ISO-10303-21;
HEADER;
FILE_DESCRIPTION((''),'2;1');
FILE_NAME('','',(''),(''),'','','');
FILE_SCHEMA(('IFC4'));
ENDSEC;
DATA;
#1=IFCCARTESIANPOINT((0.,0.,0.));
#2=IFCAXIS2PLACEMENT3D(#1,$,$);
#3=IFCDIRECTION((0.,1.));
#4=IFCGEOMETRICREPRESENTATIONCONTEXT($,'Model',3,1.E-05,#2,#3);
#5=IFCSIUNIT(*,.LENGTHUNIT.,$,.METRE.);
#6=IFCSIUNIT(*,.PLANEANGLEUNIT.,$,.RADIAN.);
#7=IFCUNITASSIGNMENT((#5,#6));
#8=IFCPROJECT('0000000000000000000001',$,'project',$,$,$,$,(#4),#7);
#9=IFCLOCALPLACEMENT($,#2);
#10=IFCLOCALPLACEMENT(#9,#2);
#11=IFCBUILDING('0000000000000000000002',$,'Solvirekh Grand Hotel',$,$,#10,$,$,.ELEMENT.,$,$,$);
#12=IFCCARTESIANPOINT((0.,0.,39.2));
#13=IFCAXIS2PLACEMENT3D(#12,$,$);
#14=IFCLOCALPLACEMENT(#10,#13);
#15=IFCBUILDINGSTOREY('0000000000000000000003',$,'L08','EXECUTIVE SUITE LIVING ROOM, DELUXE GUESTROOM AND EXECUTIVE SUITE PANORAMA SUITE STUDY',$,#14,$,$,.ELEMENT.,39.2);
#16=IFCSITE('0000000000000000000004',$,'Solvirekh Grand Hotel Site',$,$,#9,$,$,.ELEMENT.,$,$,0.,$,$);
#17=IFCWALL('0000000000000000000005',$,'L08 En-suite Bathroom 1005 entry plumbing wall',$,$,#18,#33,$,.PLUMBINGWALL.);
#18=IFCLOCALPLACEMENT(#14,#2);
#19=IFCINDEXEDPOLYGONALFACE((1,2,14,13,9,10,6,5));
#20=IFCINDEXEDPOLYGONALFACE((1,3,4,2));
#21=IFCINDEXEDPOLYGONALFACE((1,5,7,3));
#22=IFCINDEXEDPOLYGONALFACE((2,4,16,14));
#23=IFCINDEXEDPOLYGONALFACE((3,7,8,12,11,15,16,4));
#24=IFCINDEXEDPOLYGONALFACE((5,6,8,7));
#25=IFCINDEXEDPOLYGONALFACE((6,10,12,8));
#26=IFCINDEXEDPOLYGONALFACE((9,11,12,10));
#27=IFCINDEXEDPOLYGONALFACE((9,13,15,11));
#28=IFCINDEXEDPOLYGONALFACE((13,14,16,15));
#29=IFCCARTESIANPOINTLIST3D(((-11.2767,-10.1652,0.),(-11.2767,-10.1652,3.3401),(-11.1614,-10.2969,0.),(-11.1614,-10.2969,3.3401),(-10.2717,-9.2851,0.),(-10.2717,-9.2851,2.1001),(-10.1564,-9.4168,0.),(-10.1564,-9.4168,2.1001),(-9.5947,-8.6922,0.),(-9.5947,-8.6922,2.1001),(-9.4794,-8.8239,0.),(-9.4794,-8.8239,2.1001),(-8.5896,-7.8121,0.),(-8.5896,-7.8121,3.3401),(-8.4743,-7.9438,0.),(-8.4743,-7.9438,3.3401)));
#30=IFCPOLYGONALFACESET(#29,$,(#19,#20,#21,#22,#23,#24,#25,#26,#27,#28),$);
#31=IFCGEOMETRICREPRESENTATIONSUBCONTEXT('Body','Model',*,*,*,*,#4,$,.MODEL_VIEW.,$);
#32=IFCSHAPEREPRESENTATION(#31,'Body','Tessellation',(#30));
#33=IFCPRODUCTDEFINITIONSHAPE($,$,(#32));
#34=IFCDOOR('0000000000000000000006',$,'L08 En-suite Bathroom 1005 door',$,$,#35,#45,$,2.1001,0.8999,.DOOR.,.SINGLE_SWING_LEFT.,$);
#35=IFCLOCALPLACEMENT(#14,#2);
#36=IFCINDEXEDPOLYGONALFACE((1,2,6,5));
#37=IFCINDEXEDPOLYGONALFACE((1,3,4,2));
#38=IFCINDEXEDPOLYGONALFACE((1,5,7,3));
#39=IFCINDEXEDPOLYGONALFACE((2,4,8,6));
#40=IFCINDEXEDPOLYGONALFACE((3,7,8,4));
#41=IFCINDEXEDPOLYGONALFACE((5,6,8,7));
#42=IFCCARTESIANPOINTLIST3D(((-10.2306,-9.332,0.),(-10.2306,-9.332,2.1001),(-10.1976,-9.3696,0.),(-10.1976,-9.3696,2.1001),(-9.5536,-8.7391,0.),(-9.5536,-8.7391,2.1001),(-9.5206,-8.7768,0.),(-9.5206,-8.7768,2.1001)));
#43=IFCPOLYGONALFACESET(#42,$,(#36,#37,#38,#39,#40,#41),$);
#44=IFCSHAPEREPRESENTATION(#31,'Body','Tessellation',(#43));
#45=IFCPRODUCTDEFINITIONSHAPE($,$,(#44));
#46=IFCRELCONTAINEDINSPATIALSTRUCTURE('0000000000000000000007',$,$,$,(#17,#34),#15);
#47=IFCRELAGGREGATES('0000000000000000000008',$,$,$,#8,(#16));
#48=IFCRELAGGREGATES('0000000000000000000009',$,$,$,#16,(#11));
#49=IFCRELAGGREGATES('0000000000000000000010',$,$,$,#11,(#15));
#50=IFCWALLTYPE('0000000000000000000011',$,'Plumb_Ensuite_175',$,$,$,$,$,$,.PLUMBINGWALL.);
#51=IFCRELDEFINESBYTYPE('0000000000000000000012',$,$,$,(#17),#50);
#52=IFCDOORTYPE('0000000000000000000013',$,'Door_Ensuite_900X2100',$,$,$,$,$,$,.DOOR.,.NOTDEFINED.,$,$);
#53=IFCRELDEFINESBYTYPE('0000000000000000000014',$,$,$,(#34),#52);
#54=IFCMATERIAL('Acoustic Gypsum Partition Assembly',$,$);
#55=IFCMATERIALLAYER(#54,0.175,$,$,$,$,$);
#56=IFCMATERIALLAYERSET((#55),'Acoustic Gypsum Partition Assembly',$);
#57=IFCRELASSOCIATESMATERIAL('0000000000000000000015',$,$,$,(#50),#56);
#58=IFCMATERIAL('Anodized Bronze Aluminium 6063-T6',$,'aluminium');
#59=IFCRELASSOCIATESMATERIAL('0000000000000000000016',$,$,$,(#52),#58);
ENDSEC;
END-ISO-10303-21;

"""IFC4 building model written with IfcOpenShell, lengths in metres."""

from ifc_helpers import new_model, si_unit, direction, frame, frame_2d, origin, place, context, subcontext, project, spatial, rectangle, extrude, material, layer, layer_set, type_object, element, fill, save


model = new_model("IFC4")

# Units and contexts
model_context = context("Model", 3, precision=1e-05, world=origin(), true_north=direction((0.0, 1.0)))
body_context = subcontext(model_context, "Body", "Model", "MODEL_VIEW")
ifc_project = project(units=[si_unit("LENGTHUNIT", "METRE"), si_unit("PLANEANGLEUNIT", "RADIAN")], contexts=[model_context])

# Site, building, storey
site_placement = place(None, origin())
site = spatial("IfcSite", under=ifc_project, at=site_placement, Name="Solvirekh Grand Hotel Site", CompositionType="ELEMENT", RefElevation=0.0)
building_placement = place(site_placement, origin())
building = spatial("IfcBuilding", under=site, at=building_placement, Name="Solvirekh Grand Hotel", CompositionType="ELEMENT")
storey_placement = place(building_placement, frame((0.0, 0.0, 39.2)))
storey = spatial("IfcBuildingStorey", under=building, at=storey_placement, Name="L08", Description="EXECUTIVE SUITE LIVING ROOM, DELUXE GUESTROOM AND EXECUTIVE SUITE PANORAMA SUITE STUDY", CompositionType="ELEMENT", Elevation=39.2)

# Shared definitions
ifc_material_1 = material(Name="Anodized Bronze Aluminium 6063-T6", Category="aluminium")

# Shared definitions
ifc_material_2 = material(Name="Acoustic Gypsum Partition Assembly")

# Wall, opening, door
ifc_layer_1 = layer(ifc_material_2, 0.175)
ifc_layer_set_1 = layer_set([ifc_layer_1], Name="Acoustic Gypsum Partition Assembly")
wall_type_1 = type_object("IfcWallType", Name="Plumb_Ensuite_175", PredefinedType="PLUMBINGWALL", material=ifc_layer_set_1)
wall_1_placement = place(storey_placement, frame((-8.532, -7.8779, 0.0), z_axis=(0.0, 0.0, 1.0), x_axis=(-0.752314, -0.658805, 0.0)))
wall_1 = element("IfcWall", 1, at=wall_1_placement, inside=storey, type_object=wall_type_1, Name="L08 En-suite Bathroom 1005 entry plumbing wall", PredefinedType="PLUMBINGWALL", context=body_context, shape_type="SweptSolid", body=[
    extrude(rectangle(XDim=3.5718, YDim=0.175, at=frame_2d((1.7859, 0.0))), origin(), (0.0, 0.0, 1.0), 3.3401),
])
opening_1_placement = place(wall_1_placement, frame((1.3359, 0.0, 0.0)))
opening_1 = element("IfcOpeningElement", 2, at=opening_1_placement, cuts=wall_1, PredefinedType="OPENING", context=body_context, shape_type="SweptSolid", body=[
    extrude(rectangle(XDim=0.8999, YDim=2.1001, at=frame_2d((0.45, 1.05))), frame((0.0, 0.0977, 0.0), z_axis=(0.0, -1.0, 0.0), x_axis=(1.0, 0.0, 0.0)), (0.0, 0.0, 1.0), 0.1951),
])
door_type_1 = type_object("IfcDoorType", Name="Door_Ensuite_900X2100", OperationType="NOTDEFINED", PredefinedType="DOOR", material=ifc_material_1)
door_1_placement = place(opening_1_placement, origin())
door_1 = element("IfcDoor", 3, at=door_1_placement, inside=storey, type_object=door_type_1, Name="L08 En-suite Bathroom 1005 door", OperationType="SINGLE_SWING_LEFT", OverallHeight=2.1001, OverallWidth=0.8999, PredefinedType="DOOR", context=body_context, shape_type="SweptSolid", body=[
    extrude(rectangle(XDim=0.8999, YDim=2.1001, at=frame_2d((0.45, 1.05))), frame((0.0, 0.0249, 0.0), z_axis=(0.0, -1.0, 0.0), x_axis=(1.0, 0.0, 0.0)), (0.0, 0.0, 1.0), 0.05),
])
fill(opening_1, door_1)

save(model, "model.ifc")
